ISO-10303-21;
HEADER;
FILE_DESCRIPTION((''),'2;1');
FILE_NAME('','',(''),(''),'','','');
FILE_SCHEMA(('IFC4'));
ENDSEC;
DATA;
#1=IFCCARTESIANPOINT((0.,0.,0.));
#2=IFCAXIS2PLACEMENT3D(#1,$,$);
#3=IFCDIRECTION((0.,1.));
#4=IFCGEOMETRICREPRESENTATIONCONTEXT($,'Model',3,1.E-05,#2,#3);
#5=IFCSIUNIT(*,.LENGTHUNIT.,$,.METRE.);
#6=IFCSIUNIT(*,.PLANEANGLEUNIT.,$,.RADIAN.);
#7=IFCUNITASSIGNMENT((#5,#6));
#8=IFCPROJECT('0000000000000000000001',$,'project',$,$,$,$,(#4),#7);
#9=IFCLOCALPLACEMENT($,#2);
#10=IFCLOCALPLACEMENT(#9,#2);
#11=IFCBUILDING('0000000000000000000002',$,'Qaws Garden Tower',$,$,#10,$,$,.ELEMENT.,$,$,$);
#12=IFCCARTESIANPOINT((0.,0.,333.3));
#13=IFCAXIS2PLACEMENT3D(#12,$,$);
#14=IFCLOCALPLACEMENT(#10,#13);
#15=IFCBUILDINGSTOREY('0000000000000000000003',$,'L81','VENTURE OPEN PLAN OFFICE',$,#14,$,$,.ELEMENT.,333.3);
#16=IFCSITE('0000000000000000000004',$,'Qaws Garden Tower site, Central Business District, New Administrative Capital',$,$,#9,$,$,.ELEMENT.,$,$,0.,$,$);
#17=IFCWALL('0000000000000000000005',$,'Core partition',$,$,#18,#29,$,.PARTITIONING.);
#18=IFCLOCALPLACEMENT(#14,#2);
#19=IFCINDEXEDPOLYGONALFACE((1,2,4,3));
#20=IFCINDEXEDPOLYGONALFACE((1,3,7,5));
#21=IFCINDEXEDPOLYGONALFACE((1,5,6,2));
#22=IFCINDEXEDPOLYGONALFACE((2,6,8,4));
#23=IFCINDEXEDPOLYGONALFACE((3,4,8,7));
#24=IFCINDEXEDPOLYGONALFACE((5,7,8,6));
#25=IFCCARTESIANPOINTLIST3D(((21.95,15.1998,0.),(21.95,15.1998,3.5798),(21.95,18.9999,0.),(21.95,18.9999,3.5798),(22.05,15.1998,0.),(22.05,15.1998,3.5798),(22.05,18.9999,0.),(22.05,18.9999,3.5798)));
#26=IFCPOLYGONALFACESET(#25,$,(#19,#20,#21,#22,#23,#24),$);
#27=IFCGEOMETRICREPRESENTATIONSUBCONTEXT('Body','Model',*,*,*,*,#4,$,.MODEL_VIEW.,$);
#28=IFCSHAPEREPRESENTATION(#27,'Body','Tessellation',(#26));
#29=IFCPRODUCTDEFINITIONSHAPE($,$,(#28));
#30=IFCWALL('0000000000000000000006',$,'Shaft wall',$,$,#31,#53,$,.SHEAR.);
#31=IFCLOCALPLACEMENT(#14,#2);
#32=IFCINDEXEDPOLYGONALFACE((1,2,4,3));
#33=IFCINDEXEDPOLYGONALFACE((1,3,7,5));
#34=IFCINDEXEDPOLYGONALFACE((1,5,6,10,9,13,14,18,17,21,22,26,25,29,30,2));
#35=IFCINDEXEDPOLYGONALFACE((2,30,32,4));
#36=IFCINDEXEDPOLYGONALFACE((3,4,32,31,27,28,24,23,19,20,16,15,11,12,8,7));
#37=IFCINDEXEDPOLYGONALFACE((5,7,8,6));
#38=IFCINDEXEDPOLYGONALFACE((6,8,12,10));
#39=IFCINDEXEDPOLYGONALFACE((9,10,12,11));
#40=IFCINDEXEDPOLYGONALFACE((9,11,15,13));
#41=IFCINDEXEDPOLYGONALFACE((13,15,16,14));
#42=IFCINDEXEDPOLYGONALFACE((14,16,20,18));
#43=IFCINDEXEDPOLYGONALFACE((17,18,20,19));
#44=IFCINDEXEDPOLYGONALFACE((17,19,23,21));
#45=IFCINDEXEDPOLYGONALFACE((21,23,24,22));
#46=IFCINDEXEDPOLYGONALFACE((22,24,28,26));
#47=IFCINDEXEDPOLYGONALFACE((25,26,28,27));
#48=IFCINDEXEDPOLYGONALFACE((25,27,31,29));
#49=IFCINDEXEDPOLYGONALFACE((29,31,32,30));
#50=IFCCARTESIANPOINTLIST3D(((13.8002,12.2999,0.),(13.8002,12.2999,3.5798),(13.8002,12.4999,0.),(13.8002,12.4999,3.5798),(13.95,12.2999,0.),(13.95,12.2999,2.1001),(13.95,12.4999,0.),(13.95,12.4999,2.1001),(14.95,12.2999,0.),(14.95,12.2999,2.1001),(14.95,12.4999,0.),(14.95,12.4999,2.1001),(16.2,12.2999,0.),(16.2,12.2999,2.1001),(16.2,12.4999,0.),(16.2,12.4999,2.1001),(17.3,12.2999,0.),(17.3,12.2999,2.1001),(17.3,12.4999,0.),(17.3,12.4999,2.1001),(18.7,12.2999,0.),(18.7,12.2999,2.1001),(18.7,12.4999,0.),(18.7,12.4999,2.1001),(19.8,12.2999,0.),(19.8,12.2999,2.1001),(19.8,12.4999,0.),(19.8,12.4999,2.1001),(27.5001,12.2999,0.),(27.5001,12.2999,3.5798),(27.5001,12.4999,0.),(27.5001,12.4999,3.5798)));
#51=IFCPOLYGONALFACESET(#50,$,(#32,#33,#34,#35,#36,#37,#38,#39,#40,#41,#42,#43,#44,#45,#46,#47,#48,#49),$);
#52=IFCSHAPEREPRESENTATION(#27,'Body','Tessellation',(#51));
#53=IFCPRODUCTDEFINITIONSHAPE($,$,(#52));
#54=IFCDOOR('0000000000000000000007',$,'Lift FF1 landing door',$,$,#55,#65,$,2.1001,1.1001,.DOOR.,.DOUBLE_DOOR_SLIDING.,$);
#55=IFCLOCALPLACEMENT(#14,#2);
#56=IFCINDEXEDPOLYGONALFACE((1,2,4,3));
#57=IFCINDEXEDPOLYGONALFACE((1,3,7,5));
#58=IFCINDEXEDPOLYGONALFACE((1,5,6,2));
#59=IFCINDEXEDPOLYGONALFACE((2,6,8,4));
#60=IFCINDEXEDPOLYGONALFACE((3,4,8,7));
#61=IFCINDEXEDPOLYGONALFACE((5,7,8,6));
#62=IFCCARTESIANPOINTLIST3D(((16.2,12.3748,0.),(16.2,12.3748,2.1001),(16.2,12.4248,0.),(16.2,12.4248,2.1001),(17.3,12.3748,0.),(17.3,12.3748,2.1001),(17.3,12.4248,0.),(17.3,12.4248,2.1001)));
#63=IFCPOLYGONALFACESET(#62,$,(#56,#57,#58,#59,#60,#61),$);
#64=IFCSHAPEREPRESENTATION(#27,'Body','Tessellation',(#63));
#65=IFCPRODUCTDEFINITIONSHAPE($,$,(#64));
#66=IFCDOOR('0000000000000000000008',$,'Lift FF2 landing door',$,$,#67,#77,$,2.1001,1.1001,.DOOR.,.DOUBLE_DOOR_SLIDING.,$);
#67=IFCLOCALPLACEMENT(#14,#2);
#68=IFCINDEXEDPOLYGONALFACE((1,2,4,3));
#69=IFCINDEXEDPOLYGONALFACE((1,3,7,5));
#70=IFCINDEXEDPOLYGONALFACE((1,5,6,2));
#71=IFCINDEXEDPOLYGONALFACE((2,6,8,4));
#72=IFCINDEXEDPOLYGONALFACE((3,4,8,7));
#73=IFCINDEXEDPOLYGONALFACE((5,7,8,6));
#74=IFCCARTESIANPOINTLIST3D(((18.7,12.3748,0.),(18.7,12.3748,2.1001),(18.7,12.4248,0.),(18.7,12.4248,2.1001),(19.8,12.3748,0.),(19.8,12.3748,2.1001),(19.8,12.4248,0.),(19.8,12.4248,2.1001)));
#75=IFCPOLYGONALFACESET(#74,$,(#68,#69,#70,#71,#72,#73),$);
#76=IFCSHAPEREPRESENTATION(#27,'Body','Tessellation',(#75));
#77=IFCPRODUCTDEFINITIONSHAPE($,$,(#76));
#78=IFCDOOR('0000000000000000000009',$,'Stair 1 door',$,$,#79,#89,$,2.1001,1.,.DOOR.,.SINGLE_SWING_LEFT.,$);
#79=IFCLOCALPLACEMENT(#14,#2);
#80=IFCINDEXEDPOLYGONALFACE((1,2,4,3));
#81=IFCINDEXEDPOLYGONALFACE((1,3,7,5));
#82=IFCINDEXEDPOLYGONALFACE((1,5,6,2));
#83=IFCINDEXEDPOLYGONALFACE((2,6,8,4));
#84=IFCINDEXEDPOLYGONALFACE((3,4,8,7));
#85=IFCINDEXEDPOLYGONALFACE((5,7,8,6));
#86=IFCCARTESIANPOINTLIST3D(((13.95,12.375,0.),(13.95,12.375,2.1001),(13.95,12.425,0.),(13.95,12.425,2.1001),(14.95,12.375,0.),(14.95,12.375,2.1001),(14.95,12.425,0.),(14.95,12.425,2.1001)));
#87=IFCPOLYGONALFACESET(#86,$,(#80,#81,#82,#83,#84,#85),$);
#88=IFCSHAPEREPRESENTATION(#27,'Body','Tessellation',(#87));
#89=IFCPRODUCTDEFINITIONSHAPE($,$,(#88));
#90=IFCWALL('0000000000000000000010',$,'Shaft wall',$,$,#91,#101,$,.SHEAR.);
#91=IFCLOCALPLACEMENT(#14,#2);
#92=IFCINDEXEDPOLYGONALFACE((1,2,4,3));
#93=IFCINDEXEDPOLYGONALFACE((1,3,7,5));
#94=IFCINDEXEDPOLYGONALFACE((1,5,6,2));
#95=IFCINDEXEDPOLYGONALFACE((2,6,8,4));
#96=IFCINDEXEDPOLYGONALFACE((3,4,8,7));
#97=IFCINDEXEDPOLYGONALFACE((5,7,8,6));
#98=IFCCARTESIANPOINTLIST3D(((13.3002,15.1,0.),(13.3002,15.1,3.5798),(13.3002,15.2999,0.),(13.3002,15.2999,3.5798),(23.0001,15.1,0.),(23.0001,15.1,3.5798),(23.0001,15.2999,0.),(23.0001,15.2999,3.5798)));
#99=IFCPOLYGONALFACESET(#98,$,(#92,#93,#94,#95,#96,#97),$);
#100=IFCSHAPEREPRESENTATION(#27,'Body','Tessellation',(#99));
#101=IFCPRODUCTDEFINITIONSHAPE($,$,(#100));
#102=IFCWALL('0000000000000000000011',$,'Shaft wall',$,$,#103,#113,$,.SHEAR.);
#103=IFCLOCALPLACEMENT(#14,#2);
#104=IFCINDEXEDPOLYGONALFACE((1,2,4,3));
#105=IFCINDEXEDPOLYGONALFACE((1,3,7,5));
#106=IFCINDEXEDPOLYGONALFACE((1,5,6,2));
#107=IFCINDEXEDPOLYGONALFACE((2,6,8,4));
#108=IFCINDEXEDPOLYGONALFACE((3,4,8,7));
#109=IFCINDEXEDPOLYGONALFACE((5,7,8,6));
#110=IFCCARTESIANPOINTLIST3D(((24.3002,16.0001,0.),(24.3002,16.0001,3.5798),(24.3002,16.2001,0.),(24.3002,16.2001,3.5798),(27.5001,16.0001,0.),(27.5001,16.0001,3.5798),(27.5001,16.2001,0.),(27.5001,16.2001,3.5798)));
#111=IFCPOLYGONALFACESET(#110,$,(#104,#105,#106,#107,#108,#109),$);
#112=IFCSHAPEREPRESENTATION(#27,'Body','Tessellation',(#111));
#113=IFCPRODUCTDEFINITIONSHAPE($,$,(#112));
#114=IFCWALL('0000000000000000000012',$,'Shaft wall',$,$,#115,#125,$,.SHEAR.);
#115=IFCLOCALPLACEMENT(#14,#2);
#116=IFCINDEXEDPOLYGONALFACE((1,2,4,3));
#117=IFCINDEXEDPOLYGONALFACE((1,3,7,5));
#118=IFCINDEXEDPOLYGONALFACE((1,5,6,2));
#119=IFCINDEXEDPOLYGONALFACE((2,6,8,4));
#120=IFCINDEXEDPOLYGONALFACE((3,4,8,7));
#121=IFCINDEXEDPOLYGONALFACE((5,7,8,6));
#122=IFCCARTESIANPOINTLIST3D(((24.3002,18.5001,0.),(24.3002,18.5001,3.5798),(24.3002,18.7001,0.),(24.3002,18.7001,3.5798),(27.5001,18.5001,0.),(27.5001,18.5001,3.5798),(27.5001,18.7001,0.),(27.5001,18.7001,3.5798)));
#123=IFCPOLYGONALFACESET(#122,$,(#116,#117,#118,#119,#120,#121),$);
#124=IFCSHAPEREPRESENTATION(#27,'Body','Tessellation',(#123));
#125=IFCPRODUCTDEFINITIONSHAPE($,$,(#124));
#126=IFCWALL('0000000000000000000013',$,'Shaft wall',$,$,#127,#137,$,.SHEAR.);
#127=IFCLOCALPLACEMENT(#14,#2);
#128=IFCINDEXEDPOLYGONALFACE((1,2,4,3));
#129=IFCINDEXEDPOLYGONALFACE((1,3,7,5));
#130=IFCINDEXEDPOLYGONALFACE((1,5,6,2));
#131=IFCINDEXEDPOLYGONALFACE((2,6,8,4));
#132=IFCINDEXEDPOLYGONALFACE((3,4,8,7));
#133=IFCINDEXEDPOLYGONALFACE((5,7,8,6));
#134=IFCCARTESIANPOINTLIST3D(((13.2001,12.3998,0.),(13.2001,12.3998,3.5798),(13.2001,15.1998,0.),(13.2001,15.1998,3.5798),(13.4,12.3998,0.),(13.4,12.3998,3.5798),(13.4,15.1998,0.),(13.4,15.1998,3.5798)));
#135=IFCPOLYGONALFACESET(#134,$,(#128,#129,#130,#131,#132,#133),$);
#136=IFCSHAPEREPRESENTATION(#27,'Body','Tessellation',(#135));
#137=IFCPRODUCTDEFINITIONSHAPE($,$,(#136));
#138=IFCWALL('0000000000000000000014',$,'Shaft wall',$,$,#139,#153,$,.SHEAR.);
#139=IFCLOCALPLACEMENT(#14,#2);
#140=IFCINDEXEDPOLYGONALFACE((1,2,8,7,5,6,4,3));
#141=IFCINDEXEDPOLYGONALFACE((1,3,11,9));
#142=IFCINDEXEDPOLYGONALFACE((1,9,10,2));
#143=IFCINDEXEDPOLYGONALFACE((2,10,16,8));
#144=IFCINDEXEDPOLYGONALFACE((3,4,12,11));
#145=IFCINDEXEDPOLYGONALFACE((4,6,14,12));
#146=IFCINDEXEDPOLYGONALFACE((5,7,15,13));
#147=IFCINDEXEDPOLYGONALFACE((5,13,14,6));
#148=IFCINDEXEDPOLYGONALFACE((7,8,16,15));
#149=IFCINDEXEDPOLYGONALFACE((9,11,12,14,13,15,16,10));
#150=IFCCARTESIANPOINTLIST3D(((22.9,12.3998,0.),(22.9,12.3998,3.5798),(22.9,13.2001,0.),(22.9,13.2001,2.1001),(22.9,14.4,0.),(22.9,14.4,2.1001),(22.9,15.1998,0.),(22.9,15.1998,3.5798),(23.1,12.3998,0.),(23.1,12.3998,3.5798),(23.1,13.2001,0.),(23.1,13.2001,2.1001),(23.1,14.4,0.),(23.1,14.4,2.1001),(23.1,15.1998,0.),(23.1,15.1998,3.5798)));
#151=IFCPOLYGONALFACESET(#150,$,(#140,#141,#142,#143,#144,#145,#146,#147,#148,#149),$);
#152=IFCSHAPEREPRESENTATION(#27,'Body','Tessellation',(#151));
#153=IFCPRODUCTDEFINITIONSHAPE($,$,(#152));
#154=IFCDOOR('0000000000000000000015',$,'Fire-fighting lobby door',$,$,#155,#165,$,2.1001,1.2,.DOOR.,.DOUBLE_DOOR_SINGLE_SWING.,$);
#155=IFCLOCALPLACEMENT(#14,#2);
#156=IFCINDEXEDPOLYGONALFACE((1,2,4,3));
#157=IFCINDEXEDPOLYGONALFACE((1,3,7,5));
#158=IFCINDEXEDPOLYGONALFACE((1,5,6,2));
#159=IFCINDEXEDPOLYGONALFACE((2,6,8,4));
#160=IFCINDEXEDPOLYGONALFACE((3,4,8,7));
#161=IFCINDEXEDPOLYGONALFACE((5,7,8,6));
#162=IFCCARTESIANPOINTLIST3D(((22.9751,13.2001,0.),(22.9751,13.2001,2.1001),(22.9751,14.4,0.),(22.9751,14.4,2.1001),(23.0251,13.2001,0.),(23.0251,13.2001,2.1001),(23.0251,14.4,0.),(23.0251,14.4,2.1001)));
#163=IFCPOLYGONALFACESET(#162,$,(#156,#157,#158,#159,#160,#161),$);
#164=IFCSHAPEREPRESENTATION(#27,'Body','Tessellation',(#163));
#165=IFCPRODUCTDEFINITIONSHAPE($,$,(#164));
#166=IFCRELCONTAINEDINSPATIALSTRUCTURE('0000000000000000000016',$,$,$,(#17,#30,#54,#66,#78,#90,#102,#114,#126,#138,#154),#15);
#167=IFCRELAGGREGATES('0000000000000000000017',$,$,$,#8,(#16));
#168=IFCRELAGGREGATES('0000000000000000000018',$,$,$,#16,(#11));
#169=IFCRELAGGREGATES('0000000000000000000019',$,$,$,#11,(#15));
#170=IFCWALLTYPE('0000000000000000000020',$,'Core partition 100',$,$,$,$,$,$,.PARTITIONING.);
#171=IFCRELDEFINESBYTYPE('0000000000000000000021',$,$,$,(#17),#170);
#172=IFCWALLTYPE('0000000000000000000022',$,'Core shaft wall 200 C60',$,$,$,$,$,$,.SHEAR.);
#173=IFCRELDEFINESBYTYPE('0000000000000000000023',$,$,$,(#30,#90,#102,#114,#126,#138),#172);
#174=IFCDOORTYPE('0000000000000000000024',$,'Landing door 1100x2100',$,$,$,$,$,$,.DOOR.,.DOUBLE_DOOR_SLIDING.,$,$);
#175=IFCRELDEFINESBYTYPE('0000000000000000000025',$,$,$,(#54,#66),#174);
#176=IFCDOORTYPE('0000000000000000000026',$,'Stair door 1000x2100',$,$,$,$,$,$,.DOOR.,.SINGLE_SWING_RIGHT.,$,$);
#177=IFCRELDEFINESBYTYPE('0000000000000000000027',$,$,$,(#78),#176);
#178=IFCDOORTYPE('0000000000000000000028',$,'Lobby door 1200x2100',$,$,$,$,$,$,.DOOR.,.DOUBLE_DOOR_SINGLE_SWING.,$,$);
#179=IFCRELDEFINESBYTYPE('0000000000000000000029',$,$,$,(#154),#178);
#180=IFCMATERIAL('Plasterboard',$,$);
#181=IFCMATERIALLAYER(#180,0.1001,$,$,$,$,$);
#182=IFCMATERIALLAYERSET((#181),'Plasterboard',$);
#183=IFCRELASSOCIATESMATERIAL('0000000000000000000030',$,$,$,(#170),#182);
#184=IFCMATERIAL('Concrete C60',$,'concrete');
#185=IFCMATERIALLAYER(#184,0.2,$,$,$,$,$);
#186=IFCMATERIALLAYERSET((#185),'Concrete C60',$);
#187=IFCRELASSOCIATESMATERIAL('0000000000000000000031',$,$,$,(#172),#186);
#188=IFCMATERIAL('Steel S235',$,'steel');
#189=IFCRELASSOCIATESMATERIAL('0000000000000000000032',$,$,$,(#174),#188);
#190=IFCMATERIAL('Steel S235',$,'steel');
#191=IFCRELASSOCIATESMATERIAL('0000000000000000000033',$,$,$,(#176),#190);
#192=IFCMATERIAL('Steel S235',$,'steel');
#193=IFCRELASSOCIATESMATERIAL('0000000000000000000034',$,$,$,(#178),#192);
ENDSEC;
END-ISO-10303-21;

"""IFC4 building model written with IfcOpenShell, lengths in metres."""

from ifc_helpers import new_model, si_unit, direction, frame, frame_2d, origin, place, context, subcontext, project, spatial, rectangle, extrude, material, layer, layer_set, type_object, element, fill, save


model = new_model("IFC4")

# Units and contexts
model_context = context("Model", 3, precision=1e-05, world=origin(), true_north=direction((0.0, 1.0)))
body_context = subcontext(model_context, "Body", "Model", "MODEL_VIEW")
ifc_project = project(units=[si_unit("LENGTHUNIT", "METRE"), si_unit("PLANEANGLEUNIT", "RADIAN")], contexts=[model_context])

# Site, building, storey
site_placement = place(None, origin())
site = spatial("IfcSite", under=ifc_project, at=site_placement, Name="Qaws Garden Tower site, Central Business District, New Administrative Capital", CompositionType="ELEMENT", RefElevation=0.0)
building_placement = place(site_placement, origin())
building = spatial("IfcBuilding", under=site, at=building_placement, Name="Qaws Garden Tower", CompositionType="ELEMENT")
storey_placement = place(building_placement, frame((0.0, 0.0, 333.3)))
storey = spatial("IfcBuildingStorey", under=building, at=storey_placement, Name="L81", Description="VENTURE OPEN PLAN OFFICE", CompositionType="ELEMENT", Elevation=333.3)

# Shared definitions
ifc_material_1 = material(Name="Plasterboard")
ifc_layer_1 = layer(ifc_material_1, 0.1001)
ifc_layer_set_1 = layer_set([ifc_layer_1], Name="Plasterboard")
wall_type_1 = type_object("IfcWallType", Name="Core partition 100", PredefinedType="PARTITIONING", material=ifc_layer_set_1)

# Wall
wall_1_placement = place(storey_placement, frame((22.0, 15.2, 0.0), z_axis=(0.0, 0.0, 1.0), x_axis=(0.0, 1.0, 0.0)))
element("IfcWall", 1, at=wall_1_placement, inside=storey, type_object=wall_type_1, Name="Core partition", PredefinedType="PARTITIONING", context=body_context, shape_type="SweptSolid", body=[
    extrude(rectangle(XDim=3.8, YDim=0.1001, at=frame_2d((1.8999, 0.0))), origin(), (0.0, 0.0, 1.0), 3.5798),
])

# Wall, openings, doors
ifc_material_2 = material(Name="Concrete C60", Category="concrete")
ifc_layer_2 = layer(ifc_material_2, 0.2)
ifc_layer_set_2 = layer_set([ifc_layer_2], Name="Concrete C60")
wall_type_2 = type_object("IfcWallType", Name="Core shaft wall 200 C60", PredefinedType="SHEAR", material=ifc_layer_set_2)
wall_2_placement = place(storey_placement, frame((13.8, 12.3999, 0.0), z_axis=(0.0, 0.0, 1.0), x_axis=(1.0, 0.0, 0.0)))
wall_2 = element("IfcWall", 2, at=wall_2_placement, inside=storey, type_object=wall_type_2, Name="Shaft wall", PredefinedType="SHEAR", context=body_context, shape_type="SweptSolid", body=[
    extrude(rectangle(XDim=13.7, YDim=0.2, at=frame_2d((6.8501, 0.0))), origin(), (0.0, 0.0, 1.0), 3.5798),
])
opening_1_placement = place(wall_2_placement, frame((2.3999, 0.0, 0.0)))
opening_1 = element("IfcOpeningElement", 3, at=opening_1_placement, cuts=wall_2, PredefinedType="OPENING", context=body_context, shape_type="SweptSolid", body=[
    extrude(rectangle(XDim=1.1001, YDim=2.1001, at=frame_2d((0.55, 1.05))), frame((0.0, 0.1099, 0.0), z_axis=(0.0, -1.0, 0.0), x_axis=(1.0, 0.0, 0.0)), (0.0, 0.0, 1.0), 0.22),
])
opening_2_placement = place(wall_2_placement, frame((4.8999, 0.0, 0.0)))
opening_2 = element("IfcOpeningElement", 4, at=opening_2_placement, cuts=wall_2, PredefinedType="OPENING", context=body_context, shape_type="SweptSolid", body=[
    extrude(rectangle(XDim=1.1001, YDim=2.1001, at=frame_2d((0.55, 1.05))), frame((0.0, 0.1099, 0.0), z_axis=(0.0, -1.0, 0.0), x_axis=(1.0, 0.0, 0.0)), (0.0, 0.0, 1.0), 0.22),
])
opening_3_placement = place(wall_2_placement, frame((0.1499, 0.0, 0.0)))
opening_3 = element("IfcOpeningElement", 5, at=opening_3_placement, cuts=wall_2, PredefinedType="OPENING", context=body_context, shape_type="SweptSolid", body=[
    extrude(rectangle(XDim=1.0, YDim=2.1001, at=frame_2d((0.5, 1.05))), frame((0.0, 0.1099, 0.0), z_axis=(0.0, -1.0, 0.0), x_axis=(1.0, 0.0, 0.0)), (0.0, 0.0, 1.0), 0.22),
])
ifc_material_3 = material(Name="Steel S235", Category="steel")
door_type_1 = type_object("IfcDoorType", Name="Landing door 1100x2100", OperationType="DOUBLE_DOOR_SLIDING", PredefinedType="DOOR", material=ifc_material_3)
door_1_placement = place(opening_1_placement, origin())
door_1 = element("IfcDoor", 6, at=door_1_placement, inside=storey, type_object=door_type_1, Name="Lift FF1 landing door", OperationType="DOUBLE_DOOR_SLIDING", OverallHeight=2.1001, OverallWidth=1.1001, PredefinedType="DOOR", context=body_context, shape_type="SweptSolid", body=[
    extrude(rectangle(XDim=1.1001, YDim=2.1001, at=frame_2d((0.55, 1.05))), frame((0.0, 0.0249, 0.0), z_axis=(0.0, -1.0, 0.0), x_axis=(1.0, 0.0, 0.0)), (0.0, 0.0, 1.0), 0.05),
])
fill(opening_1, door_1)
door_2_placement = place(opening_2_placement, origin())
door_2 = element("IfcDoor", 7, at=door_2_placement, inside=storey, type_object=door_type_1, Name="Lift FF2 landing door", OperationType="DOUBLE_DOOR_SLIDING", OverallHeight=2.1001, OverallWidth=1.1001, PredefinedType="DOOR", context=body_context, shape_type="SweptSolid", body=[
    extrude(rectangle(XDim=1.1001, YDim=2.1001, at=frame_2d((0.55, 1.05))), frame((0.0, 0.0249, 0.0), z_axis=(0.0, -1.0, 0.0), x_axis=(1.0, 0.0, 0.0)), (0.0, 0.0, 1.0), 0.05),
])
fill(opening_2, door_2)
ifc_material_4 = material(Name="Steel S235", Category="steel")
door_type_2 = type_object("IfcDoorType", Name="Stair door 1000x2100", OperationType="SINGLE_SWING_RIGHT", PredefinedType="DOOR", material=ifc_material_4)
door_3_placement = place(opening_3_placement, frame((1.0, 0.0, 0.0), z_axis=(0.0, 0.0, 1.0), x_axis=(-1.0, 0.0, 0.0)))
door_3 = element("IfcDoor", 8, at=door_3_placement, inside=storey, type_object=door_type_2, Name="Stair 1 door", OperationType="SINGLE_SWING_LEFT", OverallHeight=2.1001, OverallWidth=1.0, PredefinedType="DOOR", context=body_context, shape_type="SweptSolid", body=[
    extrude(rectangle(XDim=1.0, YDim=2.1001, at=frame_2d((0.5, 1.05))), frame((0.0, 0.0249, 0.0), z_axis=(0.0, -1.0, 0.0), x_axis=(1.0, 0.0, 0.0)), (0.0, 0.0, 1.0), 0.05),
])
fill(opening_3, door_3)

# Walls
wall_3_placement = place(storey_placement, frame((13.3, 15.2, 0.0), z_axis=(0.0, 0.0, 1.0), x_axis=(1.0, 0.0, 0.0)))
element("IfcWall", 9, at=wall_3_placement, inside=storey, type_object=wall_type_2, Name="Shaft wall", PredefinedType="SHEAR", context=body_context, shape_type="SweptSolid", body=[
    extrude(rectangle(XDim=9.7, YDim=0.2, at=frame_2d((4.8501, 0.0))), origin(), (0.0, 0.0, 1.0), 3.5798),
])
for number, where, z_axis, x_axis, name in (
    (10, (24.3, 16.1001, 0.0), (0.0, 0.0, 1.0), (1.0, 0.0, 0.0), "Shaft wall"),
    (11, (24.3, 18.6001, 0.0), (0.0, 0.0, 1.0), (1.0, 0.0, 0.0), "Shaft wall"),
):
    element("IfcWall", number, at=place(storey_placement, frame(where, z_axis=z_axis, x_axis=x_axis)), inside=storey, type_object=wall_type_2, Name=name, PredefinedType="SHEAR", context=body_context, shape_type="SweptSolid", body=[
        extrude(rectangle(XDim=3.2, YDim=0.2, at=frame_2d((1.6001, 0.0))), origin(), (0.0, 0.0, 1.0), 3.5798),
    ])
wall_4_placement = place(storey_placement, frame((13.3, 12.3999, 0.0), z_axis=(0.0, 0.0, 1.0), x_axis=(0.0, 1.0, 0.0)))
element("IfcWall", 12, at=wall_4_placement, inside=storey, type_object=wall_type_2, Name="Shaft wall", PredefinedType="SHEAR", context=body_context, shape_type="SweptSolid", body=[
    extrude(rectangle(XDim=2.8, YDim=0.2, at=frame_2d((1.3999, 0.0))), origin(), (0.0, 0.0, 1.0), 3.5798),
])

# Wall, opening, door
wall_5_placement = place(storey_placement, frame((23.0, 12.3999, 0.0), z_axis=(0.0, 0.0, 1.0), x_axis=(0.0, 1.0, 0.0)))
wall_5 = element("IfcWall", 13, at=wall_5_placement, inside=storey, type_object=wall_type_2, Name="Shaft wall", PredefinedType="SHEAR", context=body_context, shape_type="SweptSolid", body=[
    extrude(rectangle(XDim=2.8, YDim=0.2, at=frame_2d((1.3999, 0.0))), origin(), (0.0, 0.0, 1.0), 3.5798),
])
opening_4_placement = place(wall_5_placement, frame((0.8, 0.0, 0.0)))
opening_4 = element("IfcOpeningElement", 14, at=opening_4_placement, cuts=wall_5, PredefinedType="OPENING", context=body_context, shape_type="SweptSolid", body=[
    extrude(rectangle(XDim=1.2, YDim=2.1001, at=frame_2d((0.6001, 1.05))), frame((0.0, 0.1099, 0.0), z_axis=(0.0, -1.0, 0.0), x_axis=(1.0, 0.0, 0.0)), (0.0, 0.0, 1.0), 0.22),
])
ifc_material_5 = material(Name="Steel S235", Category="steel")
door_type_3 = type_object("IfcDoorType", Name="Lobby door 1200x2100", OperationType="DOUBLE_DOOR_SINGLE_SWING", PredefinedType="DOOR", material=ifc_material_5)
door_4_placement = place(opening_4_placement, origin())
door_4 = element("IfcDoor", 15, at=door_4_placement, inside=storey, type_object=door_type_3, Name="Fire-fighting lobby door", OperationType="DOUBLE_DOOR_SINGLE_SWING", OverallHeight=2.1001, OverallWidth=1.2, PredefinedType="DOOR", context=body_context, shape_type="SweptSolid", body=[
    extrude(rectangle(XDim=1.2, YDim=2.1001, at=frame_2d((0.6001, 1.05))), frame((0.0, 0.0249, 0.0), z_axis=(0.0, -1.0, 0.0), x_axis=(1.0, 0.0, 0.0)), (0.0, 0.0, 1.0), 0.05),
])
fill(opening_4, door_4)

save(model, "model.ifc")
